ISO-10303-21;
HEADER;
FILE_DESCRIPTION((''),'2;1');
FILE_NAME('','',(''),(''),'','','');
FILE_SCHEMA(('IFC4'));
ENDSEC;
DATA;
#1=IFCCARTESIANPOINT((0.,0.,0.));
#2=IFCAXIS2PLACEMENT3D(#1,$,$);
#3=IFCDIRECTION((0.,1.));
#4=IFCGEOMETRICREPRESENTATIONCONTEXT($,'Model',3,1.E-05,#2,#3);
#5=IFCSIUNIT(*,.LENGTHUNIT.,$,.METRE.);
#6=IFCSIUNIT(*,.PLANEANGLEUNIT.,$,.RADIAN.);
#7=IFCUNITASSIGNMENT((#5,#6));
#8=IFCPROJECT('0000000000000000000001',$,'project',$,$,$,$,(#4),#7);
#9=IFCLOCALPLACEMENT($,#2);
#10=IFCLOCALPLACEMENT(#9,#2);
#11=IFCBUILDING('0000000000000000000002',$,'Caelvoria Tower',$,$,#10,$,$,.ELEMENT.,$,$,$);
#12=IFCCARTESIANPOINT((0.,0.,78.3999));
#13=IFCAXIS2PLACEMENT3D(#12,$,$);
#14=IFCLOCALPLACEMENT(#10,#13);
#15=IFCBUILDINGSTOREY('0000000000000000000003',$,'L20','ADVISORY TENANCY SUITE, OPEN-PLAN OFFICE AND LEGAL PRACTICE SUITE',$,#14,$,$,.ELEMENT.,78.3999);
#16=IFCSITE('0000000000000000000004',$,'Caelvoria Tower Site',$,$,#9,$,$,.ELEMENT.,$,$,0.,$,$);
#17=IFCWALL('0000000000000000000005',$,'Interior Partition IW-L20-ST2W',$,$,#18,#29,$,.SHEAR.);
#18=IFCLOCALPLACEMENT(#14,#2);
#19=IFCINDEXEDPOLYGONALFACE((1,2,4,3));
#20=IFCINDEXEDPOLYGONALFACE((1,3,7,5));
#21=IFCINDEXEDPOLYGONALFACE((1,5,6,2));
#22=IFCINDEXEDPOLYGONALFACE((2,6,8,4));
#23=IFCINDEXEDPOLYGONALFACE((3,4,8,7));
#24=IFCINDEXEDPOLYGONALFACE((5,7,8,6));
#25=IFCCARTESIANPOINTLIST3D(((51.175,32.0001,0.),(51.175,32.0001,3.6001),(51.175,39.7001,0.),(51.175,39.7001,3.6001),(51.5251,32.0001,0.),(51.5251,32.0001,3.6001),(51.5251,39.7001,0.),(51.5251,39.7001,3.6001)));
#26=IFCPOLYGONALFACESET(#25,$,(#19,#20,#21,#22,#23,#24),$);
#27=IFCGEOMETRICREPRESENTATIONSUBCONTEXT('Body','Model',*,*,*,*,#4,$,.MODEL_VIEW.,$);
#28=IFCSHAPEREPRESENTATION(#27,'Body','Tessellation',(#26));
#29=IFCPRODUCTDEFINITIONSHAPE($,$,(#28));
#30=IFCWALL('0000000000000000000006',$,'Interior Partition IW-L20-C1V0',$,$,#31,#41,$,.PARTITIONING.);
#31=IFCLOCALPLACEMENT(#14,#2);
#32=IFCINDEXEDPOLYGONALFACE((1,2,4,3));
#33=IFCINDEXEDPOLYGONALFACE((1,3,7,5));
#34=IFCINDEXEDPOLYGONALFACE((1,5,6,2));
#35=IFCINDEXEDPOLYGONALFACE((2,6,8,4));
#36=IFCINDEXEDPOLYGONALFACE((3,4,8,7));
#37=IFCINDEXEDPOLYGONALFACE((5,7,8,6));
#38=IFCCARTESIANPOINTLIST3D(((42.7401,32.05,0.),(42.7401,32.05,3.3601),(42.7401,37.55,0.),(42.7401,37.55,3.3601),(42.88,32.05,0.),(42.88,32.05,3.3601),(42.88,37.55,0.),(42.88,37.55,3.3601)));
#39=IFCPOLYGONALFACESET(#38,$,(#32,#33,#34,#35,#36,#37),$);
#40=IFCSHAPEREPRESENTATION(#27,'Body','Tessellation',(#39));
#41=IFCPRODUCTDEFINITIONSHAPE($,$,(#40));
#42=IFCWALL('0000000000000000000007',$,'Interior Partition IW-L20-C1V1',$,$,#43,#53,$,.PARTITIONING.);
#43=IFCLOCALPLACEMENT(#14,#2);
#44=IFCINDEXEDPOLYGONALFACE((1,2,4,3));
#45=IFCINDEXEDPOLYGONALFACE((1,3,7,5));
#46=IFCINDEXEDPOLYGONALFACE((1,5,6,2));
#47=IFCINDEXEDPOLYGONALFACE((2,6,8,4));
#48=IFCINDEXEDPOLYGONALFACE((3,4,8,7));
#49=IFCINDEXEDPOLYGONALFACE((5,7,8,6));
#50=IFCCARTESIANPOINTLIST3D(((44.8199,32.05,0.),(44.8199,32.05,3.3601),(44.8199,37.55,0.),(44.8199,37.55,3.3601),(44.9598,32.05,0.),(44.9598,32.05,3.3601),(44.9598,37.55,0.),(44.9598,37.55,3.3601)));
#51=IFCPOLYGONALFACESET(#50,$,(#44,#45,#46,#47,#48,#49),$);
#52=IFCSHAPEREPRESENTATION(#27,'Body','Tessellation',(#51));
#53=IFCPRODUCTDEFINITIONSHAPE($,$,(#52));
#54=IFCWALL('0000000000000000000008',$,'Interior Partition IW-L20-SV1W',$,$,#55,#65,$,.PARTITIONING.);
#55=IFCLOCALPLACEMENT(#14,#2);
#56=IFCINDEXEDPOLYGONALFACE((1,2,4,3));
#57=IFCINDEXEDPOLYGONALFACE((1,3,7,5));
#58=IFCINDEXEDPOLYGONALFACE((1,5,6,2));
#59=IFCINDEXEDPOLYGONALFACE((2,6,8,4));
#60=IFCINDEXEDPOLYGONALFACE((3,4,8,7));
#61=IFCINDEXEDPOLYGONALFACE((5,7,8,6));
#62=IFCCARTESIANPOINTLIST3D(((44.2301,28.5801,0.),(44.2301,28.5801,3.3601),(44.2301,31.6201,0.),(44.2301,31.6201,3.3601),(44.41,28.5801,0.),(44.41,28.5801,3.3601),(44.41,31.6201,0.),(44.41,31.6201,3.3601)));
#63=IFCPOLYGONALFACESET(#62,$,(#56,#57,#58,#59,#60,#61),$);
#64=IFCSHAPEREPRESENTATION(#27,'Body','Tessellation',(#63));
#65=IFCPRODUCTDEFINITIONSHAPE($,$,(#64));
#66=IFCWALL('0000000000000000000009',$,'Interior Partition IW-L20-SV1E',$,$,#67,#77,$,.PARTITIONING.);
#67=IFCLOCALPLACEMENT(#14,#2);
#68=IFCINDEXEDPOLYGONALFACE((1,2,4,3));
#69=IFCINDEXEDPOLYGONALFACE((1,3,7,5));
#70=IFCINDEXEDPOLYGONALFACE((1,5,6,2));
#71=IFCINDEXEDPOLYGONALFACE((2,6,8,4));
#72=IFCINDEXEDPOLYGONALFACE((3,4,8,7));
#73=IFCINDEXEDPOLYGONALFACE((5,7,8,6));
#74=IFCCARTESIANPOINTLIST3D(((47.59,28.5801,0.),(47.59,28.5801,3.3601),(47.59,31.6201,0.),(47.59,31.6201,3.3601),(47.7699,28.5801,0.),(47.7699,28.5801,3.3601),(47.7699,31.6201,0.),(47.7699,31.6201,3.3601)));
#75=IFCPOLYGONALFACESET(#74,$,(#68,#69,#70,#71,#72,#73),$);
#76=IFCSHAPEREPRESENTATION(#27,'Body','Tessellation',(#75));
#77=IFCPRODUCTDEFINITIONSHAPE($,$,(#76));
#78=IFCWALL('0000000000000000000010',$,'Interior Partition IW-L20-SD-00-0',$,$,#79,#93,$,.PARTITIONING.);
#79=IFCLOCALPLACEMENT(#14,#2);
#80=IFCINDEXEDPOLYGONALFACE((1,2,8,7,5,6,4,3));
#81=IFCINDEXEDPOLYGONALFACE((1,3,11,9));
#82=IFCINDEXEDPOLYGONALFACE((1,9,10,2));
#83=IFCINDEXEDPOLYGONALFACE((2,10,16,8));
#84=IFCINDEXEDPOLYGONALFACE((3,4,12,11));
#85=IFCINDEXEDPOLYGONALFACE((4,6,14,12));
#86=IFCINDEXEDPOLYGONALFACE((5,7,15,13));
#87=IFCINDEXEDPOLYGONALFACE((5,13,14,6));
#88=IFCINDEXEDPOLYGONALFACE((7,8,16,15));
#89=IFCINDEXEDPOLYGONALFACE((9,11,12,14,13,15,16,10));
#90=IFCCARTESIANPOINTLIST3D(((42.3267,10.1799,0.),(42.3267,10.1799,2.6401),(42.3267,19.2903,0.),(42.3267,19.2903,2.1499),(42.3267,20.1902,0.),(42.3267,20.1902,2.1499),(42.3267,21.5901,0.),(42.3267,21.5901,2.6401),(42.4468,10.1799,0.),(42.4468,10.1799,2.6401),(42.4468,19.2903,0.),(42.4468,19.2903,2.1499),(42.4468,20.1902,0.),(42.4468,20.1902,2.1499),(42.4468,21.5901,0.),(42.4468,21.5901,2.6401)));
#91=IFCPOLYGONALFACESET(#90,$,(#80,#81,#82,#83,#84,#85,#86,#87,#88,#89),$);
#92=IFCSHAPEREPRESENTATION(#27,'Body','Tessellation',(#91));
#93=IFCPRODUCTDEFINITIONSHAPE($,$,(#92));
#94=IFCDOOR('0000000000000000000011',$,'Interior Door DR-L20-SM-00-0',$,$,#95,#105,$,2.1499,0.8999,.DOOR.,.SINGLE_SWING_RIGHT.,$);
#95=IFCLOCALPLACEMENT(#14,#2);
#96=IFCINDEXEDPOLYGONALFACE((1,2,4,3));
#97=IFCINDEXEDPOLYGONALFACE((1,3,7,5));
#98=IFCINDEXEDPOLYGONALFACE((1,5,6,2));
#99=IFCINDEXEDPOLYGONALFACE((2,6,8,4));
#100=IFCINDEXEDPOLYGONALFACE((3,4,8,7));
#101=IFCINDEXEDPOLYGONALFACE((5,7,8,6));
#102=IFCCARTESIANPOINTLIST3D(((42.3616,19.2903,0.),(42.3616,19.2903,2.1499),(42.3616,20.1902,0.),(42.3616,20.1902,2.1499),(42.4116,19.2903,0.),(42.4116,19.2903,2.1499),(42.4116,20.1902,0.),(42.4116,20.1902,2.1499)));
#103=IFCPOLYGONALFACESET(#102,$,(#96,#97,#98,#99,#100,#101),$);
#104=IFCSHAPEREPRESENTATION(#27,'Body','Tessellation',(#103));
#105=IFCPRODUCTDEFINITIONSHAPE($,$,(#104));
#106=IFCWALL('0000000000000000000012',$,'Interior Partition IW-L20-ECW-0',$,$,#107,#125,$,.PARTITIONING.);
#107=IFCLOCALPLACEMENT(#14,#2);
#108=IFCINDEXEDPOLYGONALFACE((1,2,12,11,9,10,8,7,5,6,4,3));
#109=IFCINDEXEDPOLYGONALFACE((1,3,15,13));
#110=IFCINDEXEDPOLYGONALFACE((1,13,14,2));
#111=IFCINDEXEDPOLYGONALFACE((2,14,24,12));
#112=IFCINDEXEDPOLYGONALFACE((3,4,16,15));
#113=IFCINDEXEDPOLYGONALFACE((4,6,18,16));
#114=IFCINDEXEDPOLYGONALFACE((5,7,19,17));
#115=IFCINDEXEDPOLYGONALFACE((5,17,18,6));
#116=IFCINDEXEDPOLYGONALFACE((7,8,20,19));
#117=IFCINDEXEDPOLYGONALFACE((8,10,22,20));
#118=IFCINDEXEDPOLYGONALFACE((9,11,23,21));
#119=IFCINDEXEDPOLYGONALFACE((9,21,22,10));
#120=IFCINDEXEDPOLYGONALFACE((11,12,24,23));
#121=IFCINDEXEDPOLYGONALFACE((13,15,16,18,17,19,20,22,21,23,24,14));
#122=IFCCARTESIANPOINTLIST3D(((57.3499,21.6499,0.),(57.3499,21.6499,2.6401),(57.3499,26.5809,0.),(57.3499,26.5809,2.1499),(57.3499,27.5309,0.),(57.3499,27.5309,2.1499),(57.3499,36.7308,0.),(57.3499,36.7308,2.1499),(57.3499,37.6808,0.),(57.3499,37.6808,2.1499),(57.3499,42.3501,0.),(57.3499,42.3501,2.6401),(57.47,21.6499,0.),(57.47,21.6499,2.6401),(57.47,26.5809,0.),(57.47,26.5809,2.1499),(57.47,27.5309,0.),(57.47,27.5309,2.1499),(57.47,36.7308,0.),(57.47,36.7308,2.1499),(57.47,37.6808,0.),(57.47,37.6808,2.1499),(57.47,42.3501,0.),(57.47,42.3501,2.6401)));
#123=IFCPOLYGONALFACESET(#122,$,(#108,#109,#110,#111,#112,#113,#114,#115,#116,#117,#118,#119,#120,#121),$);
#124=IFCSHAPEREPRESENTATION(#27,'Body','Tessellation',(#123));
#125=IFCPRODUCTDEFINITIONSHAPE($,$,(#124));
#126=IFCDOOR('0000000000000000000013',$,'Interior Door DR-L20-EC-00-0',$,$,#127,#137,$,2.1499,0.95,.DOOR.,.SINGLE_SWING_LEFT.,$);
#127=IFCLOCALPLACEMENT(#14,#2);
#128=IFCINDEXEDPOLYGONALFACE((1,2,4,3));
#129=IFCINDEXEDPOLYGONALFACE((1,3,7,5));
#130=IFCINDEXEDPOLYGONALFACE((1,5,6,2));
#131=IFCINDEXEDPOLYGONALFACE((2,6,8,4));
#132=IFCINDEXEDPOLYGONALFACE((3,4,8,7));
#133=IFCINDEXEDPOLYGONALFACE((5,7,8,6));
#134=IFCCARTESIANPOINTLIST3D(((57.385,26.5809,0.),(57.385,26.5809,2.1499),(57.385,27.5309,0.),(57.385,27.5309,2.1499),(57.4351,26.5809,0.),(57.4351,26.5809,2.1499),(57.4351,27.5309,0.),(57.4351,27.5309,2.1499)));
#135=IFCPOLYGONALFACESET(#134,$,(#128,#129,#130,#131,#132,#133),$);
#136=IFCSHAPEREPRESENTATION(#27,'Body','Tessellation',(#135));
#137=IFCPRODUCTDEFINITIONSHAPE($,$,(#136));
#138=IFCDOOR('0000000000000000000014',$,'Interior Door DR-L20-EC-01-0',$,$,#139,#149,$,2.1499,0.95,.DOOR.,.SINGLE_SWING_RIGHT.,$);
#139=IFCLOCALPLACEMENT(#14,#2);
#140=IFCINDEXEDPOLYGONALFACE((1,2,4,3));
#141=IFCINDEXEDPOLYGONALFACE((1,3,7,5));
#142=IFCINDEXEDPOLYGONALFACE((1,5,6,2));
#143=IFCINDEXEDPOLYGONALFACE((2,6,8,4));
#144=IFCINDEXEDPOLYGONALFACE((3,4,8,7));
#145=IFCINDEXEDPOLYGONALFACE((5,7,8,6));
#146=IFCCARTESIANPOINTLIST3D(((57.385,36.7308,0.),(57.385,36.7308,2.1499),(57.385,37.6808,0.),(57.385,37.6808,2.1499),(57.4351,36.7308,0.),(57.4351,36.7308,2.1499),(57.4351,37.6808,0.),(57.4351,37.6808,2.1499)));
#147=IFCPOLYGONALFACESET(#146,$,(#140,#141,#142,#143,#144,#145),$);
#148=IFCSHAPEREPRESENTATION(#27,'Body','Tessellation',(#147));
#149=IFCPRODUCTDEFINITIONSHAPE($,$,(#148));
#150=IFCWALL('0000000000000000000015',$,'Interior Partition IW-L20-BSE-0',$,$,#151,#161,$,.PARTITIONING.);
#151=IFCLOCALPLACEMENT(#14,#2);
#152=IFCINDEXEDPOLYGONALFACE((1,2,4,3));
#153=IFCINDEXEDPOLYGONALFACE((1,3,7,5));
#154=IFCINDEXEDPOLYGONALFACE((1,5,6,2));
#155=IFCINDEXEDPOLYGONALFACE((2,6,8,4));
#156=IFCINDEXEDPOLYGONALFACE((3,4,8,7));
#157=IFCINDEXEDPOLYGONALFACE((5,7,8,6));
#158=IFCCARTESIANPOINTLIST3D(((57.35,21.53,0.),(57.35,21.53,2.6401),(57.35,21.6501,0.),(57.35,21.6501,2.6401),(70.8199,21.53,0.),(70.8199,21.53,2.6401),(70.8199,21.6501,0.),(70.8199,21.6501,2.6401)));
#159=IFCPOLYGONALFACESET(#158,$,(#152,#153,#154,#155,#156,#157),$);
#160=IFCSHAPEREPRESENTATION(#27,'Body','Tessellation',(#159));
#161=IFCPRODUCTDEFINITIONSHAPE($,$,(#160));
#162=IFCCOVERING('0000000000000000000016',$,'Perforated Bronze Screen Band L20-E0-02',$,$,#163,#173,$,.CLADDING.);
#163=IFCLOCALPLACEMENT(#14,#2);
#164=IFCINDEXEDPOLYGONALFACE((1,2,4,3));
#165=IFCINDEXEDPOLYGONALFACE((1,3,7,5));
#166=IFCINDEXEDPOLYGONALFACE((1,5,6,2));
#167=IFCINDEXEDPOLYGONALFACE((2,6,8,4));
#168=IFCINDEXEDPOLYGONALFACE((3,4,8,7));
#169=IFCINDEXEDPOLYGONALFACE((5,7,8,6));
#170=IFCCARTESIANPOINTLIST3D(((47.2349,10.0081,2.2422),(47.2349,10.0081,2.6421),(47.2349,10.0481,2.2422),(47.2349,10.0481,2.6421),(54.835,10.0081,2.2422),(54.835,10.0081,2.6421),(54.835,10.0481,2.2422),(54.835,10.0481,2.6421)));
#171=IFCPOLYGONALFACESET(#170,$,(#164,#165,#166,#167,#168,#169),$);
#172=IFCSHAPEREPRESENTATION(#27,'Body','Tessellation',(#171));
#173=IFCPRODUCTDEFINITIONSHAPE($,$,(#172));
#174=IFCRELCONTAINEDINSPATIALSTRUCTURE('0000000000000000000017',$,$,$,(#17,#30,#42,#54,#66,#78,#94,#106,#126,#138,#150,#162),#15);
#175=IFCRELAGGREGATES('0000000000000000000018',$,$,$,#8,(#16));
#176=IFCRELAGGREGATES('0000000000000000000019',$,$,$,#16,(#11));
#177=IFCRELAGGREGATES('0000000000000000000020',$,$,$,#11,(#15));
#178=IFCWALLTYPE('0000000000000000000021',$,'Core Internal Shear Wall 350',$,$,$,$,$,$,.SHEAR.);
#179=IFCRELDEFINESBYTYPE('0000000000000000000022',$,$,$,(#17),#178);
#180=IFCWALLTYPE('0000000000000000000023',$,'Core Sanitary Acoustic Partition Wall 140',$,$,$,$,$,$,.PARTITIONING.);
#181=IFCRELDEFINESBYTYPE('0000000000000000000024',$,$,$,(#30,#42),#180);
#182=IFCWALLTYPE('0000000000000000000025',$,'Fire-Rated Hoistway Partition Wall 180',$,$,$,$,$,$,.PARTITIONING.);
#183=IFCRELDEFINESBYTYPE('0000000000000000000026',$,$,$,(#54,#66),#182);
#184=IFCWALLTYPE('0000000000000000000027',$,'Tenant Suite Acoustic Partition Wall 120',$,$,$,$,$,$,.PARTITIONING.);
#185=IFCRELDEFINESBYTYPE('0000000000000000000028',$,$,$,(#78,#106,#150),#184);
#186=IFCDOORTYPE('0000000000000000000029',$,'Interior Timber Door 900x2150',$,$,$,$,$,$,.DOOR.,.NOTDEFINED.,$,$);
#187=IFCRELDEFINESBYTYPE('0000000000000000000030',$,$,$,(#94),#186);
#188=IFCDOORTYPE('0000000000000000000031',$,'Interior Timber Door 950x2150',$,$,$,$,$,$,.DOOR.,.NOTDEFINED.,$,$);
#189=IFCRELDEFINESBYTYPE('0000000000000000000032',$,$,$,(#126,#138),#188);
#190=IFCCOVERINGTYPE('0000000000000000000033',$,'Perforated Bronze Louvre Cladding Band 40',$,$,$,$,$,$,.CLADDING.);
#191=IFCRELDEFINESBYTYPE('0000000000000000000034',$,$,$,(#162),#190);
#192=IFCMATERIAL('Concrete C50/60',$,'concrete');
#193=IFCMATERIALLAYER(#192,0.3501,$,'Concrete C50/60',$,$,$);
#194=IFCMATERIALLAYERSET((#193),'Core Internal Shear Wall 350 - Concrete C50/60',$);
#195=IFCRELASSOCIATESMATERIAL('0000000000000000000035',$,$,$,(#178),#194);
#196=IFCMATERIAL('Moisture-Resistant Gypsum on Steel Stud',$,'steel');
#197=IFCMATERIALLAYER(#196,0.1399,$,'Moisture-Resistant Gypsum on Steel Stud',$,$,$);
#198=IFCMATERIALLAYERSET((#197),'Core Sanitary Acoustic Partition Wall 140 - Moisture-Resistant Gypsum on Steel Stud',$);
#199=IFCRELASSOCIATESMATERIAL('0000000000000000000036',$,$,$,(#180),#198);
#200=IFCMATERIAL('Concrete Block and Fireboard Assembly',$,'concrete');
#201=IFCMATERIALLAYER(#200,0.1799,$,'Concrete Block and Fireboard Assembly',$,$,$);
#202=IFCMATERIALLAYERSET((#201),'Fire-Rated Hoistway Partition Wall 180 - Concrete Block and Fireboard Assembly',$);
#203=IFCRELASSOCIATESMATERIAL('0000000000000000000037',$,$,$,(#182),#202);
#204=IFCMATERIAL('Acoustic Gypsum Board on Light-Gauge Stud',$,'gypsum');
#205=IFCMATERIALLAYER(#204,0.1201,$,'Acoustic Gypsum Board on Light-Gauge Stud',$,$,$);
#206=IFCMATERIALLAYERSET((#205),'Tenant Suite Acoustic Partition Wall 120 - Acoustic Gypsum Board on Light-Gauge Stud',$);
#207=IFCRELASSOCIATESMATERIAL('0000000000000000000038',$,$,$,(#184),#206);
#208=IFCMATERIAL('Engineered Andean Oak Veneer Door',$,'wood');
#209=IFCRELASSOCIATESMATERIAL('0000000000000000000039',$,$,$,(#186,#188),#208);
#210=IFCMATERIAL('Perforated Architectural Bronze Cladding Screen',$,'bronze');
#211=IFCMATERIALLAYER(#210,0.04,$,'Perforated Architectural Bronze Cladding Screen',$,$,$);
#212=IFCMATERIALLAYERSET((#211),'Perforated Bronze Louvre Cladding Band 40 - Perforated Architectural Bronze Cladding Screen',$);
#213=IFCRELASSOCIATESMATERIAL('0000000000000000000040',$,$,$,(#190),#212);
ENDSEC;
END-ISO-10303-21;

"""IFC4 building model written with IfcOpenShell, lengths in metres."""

from ifc_helpers import new_model, si_unit, direction, frame, frame_2d, origin, origin_2d, place, context, subcontext, project, spatial, rectangle, extrude, material, layer, layer_set, type_object, element, fill, save


model = new_model("IFC4")

# Units and contexts
model_context = context("Model", 3, precision=1e-05, world=origin(), true_north=direction((0.0, 1.0)))
body_context = subcontext(model_context, "Body", "Model", "MODEL_VIEW")
ifc_project = project(units=[si_unit("LENGTHUNIT", "METRE"), si_unit("PLANEANGLEUNIT", "RADIAN")], contexts=[model_context])

# Site, building, storey
site_placement = place(None, origin())
site = spatial("IfcSite", under=ifc_project, at=site_placement, Name="Caelvoria Tower Site", CompositionType="ELEMENT", RefElevation=0.0)
building_placement = place(site_placement, origin())
building = spatial("IfcBuilding", under=site, at=building_placement, Name="Caelvoria Tower", CompositionType="ELEMENT")
storey_placement = place(building_placement, frame((0.0, 0.0, 78.3999)))
storey = spatial("IfcBuildingStorey", under=building, at=storey_placement, Name="L20", Description="ADVISORY TENANCY SUITE, OPEN-PLAN OFFICE AND LEGAL PRACTICE SUITE", CompositionType="ELEMENT", Elevation=78.3999)

# Walls
ifc_material_1 = material(Name="Concrete C50/60", Category="concrete")
ifc_layer_1 = layer(ifc_material_1, 0.3501, Name="Concrete C50/60")
ifc_layer_set_1 = layer_set([ifc_layer_1], Name="Core Internal Shear Wall 350 - Concrete C50/60")
wall_type_1 = type_object("IfcWallType", Name="Core Internal Shear Wall 350", PredefinedType="SHEAR", material=ifc_layer_set_1)
wall_1_placement = place(storey_placement, frame((51.3501, 32.0, 0.0), z_axis=(0.0, 0.0, 1.0), x_axis=(0.0, 1.0, 0.0)))
element("IfcWall", 1, at=wall_1_placement, inside=storey, type_object=wall_type_1, Name="Interior Partition IW-L20-ST2W", PredefinedType="SHEAR", context=body_context, shape_type="SweptSolid", body=[
    extrude(rectangle(XDim=7.7, YDim=0.3501, at=frame_2d((3.8501, 0.0))), origin(), (0.0, 0.0, 1.0), 3.6001),
])
ifc_material_2 = material(Name="Moisture-Resistant Gypsum on Steel Stud", Category="steel")
ifc_layer_2 = layer(ifc_material_2, 0.1399, Name="Moisture-Resistant Gypsum on Steel Stud")
ifc_layer_set_2 = layer_set([ifc_layer_2], Name="Core Sanitary Acoustic Partition Wall 140 - Moisture-Resistant Gypsum on Steel Stud")
wall_type_2 = type_object("IfcWallType", Name="Core Sanitary Acoustic Partition Wall 140", PredefinedType="PARTITIONING", material=ifc_layer_set_2)
for number, where, z_axis, x_axis, name in (
    (2, (42.8101, 32.05, 0.0), (0.0, 0.0, 1.0), (0.0, 1.0, 0.0), "Interior Partition IW-L20-C1V0"),
    (3, (44.8899, 32.05, 0.0), (0.0, 0.0, 1.0), (0.0, 1.0, 0.0), "Interior Partition IW-L20-C1V1"),
):
    element("IfcWall", number, at=place(storey_placement, frame(where, z_axis=z_axis, x_axis=x_axis)), inside=storey, type_object=wall_type_2, Name=name, PredefinedType="PARTITIONING", context=body_context, shape_type="SweptSolid", body=[
        extrude(rectangle(XDim=5.5, YDim=0.1399, at=frame_2d((2.75, 0.0))), origin(), (0.0, 0.0, 1.0), 3.3601),
    ])
ifc_material_3 = material(Name="Concrete Block and Fireboard Assembly", Category="concrete")
ifc_layer_3 = layer(ifc_material_3, 0.1799, Name="Concrete Block and Fireboard Assembly")
ifc_layer_set_3 = layer_set([ifc_layer_3], Name="Fire-Rated Hoistway Partition Wall 180 - Concrete Block and Fireboard Assembly")
wall_type_3 = type_object("IfcWallType", Name="Fire-Rated Hoistway Partition Wall 180", PredefinedType="PARTITIONING", material=ifc_layer_set_3)
for number, where, z_axis, x_axis, name in (
    (4, (44.3201, 28.5801, 0.0), (0.0, 0.0, 1.0), (0.0, 1.0, 0.0), "Interior Partition IW-L20-SV1W"),
    (5, (47.6799, 28.5801, 0.0), (0.0, 0.0, 1.0), (0.0, 1.0, 0.0), "Interior Partition IW-L20-SV1E"),
):
    element("IfcWall", number, at=place(storey_placement, frame(where, z_axis=z_axis, x_axis=x_axis)), inside=storey, type_object=wall_type_3, Name=name, PredefinedType="PARTITIONING", context=body_context, shape_type="SweptSolid", body=[
        extrude(rectangle(XDim=3.04, YDim=0.1799, at=frame_2d((1.52, 0.0))), origin(), (0.0, 0.0, 1.0), 3.3601),
    ])

# Wall, opening, door
ifc_material_4 = material(Name="Acoustic Gypsum Board on Light-Gauge Stud", Category="gypsum")
ifc_layer_4 = layer(ifc_material_4, 0.1201, Name="Acoustic Gypsum Board on Light-Gauge Stud")
ifc_layer_set_4 = layer_set([ifc_layer_4], Name="Tenant Suite Acoustic Partition Wall 120 - Acoustic Gypsum Board on Light-Gauge Stud")
wall_type_4 = type_object("IfcWallType", Name="Tenant Suite Acoustic Partition Wall 120", PredefinedType="PARTITIONING", material=ifc_layer_set_4)
wall_2_placement = place(storey_placement, frame((42.3867, 21.5901, 0.0), z_axis=(0.0, 0.0, 1.0), x_axis=(0.0, -1.0, 0.0)))
wall_2 = element("IfcWall", 6, at=wall_2_placement, inside=storey, type_object=wall_type_4, Name="Interior Partition IW-L20-SD-00-0", PredefinedType="PARTITIONING", context=body_context, shape_type="SweptSolid", body=[
    extrude(rectangle(XDim=11.4102, YDim=0.1201, at=frame_2d((5.7051, 0.0))), origin(), (0.0, 0.0, 1.0), 2.6401),
])
opening_1_placement = place(wall_2_placement, frame((1.3999, 0.0, 0.0)))
opening_1 = element("IfcOpeningElement", 7, at=opening_1_placement, cuts=wall_2, PredefinedType="OPENING", context=body_context, shape_type="SweptSolid", body=[
    extrude(rectangle(XDim=0.8999, YDim=2.1499, at=frame_2d((0.45, 1.075))), frame((0.0, 0.0701, 0.0), z_axis=(0.0, -1.0, 0.0), x_axis=(1.0, 0.0, 0.0)), (0.0, 0.0, 1.0), 0.1401),
])
ifc_material_5 = material(Name="Engineered Andean Oak Veneer Door", Category="wood")
door_type_1 = type_object("IfcDoorType", Name="Interior Timber Door 900x2150", OperationType="NOTDEFINED", PredefinedType="DOOR", material=ifc_material_5)
door_1_placement = place(opening_1_placement, origin())
door_1 = element("IfcDoor", 8, at=door_1_placement, inside=storey, type_object=door_type_1, Name="Interior Door DR-L20-SM-00-0", OperationType="SINGLE_SWING_RIGHT", OverallHeight=2.1499, OverallWidth=0.8999, PredefinedType="DOOR", context=body_context, shape_type="SweptSolid", body=[
    extrude(rectangle(XDim=0.8999, YDim=2.1499, at=frame_2d((0.45, 1.075))), frame((0.0, 0.0249, 0.0), z_axis=(0.0, -1.0, 0.0), x_axis=(1.0, 0.0, 0.0)), (0.0, 0.0, 1.0), 0.05),
])
fill(opening_1, door_1)

# Wall, openings, doors
wall_3_placement = place(storey_placement, frame((57.4099, 21.6499, 0.0), z_axis=(0.0, 0.0, 1.0), x_axis=(0.0, 1.0, 0.0)))
wall_3 = element("IfcWall", 9, at=wall_3_placement, inside=storey, type_object=wall_type_4, Name="Interior Partition IW-L20-ECW-0", PredefinedType="PARTITIONING", context=body_context, shape_type="SweptSolid", body=[
    extrude(rectangle(XDim=20.7002, YDim=0.1201, at=frame_2d((10.3501, 0.0))), origin(), (0.0, 0.0, 1.0), 2.6401),
])
opening_2_placement = place(wall_3_placement, frame((4.9309, 0.0, 0.0)))
opening_2 = element("IfcOpeningElement", 10, at=opening_2_placement, cuts=wall_3, PredefinedType="OPENING", context=body_context, shape_type="SweptSolid", body=[
    extrude(rectangle(XDim=0.95, YDim=2.1499, at=frame_2d((0.4751, 1.075))), frame((0.0, 0.0701, 0.0), z_axis=(0.0, -1.0, 0.0), x_axis=(1.0, 0.0, 0.0)), (0.0, 0.0, 1.0), 0.1401),
])
opening_3_placement = place(wall_3_placement, frame((15.0808, 0.0, 0.0)))
opening_3 = element("IfcOpeningElement", 11, at=opening_3_placement, cuts=wall_3, PredefinedType="OPENING", context=body_context, shape_type="SweptSolid", body=[
    extrude(rectangle(XDim=0.95, YDim=2.1499, at=frame_2d((0.4751, 1.075))), frame((0.0, 0.0701, 0.0), z_axis=(0.0, -1.0, 0.0), x_axis=(1.0, 0.0, 0.0)), (0.0, 0.0, 1.0), 0.1401),
])
door_type_2 = type_object("IfcDoorType", Name="Interior Timber Door 950x2150", OperationType="NOTDEFINED", PredefinedType="DOOR", material=ifc_material_5)
door_2_placement = place(opening_2_placement, origin())
door_2 = element("IfcDoor", 12, at=door_2_placement, inside=storey, type_object=door_type_2, Name="Interior Door DR-L20-EC-00-0", OperationType="SINGLE_SWING_LEFT", OverallHeight=2.1499, OverallWidth=0.95, PredefinedType="DOOR", context=body_context, shape_type="SweptSolid", body=[
    extrude(rectangle(XDim=0.95, YDim=2.1499, at=frame_2d((0.4751, 1.075))), frame((0.0, 0.0249, 0.0), z_axis=(0.0, -1.0, 0.0), x_axis=(1.0, 0.0, 0.0)), (0.0, 0.0, 1.0), 0.05),
])
fill(opening_2, door_2)
door_3_placement = place(opening_3_placement, origin())
door_3 = element("IfcDoor", 13, at=door_3_placement, inside=storey, type_object=door_type_2, Name="Interior Door DR-L20-EC-01-0", OperationType="SINGLE_SWING_RIGHT", OverallHeight=2.1499, OverallWidth=0.95, PredefinedType="DOOR", context=body_context, shape_type="SweptSolid", body=[
    extrude(rectangle(XDim=0.95, YDim=2.1499, at=frame_2d((0.4751, 1.075))), frame((0.0, 0.0249, 0.0), z_axis=(0.0, -1.0, 0.0), x_axis=(1.0, 0.0, 0.0)), (0.0, 0.0, 1.0), 0.05),
])
fill(opening_3, door_3)

# Wall
wall_4_placement = place(storey_placement, frame((57.3501, 21.5901, 0.0), z_axis=(0.0, 0.0, 1.0), x_axis=(1.0, 0.0, 0.0)))
element("IfcWall", 14, at=wall_4_placement, inside=storey, type_object=wall_type_4, Name="Interior Partition IW-L20-BSE-0", PredefinedType="PARTITIONING", context=body_context, shape_type="SweptSolid", body=[
    extrude(rectangle(XDim=13.47, YDim=0.1201, at=frame_2d((6.7349, 0.0))), origin(), (0.0, 0.0, 1.0), 2.6401),
])

# Covering
ifc_material_6 = material(Name="Perforated Architectural Bronze Cladding Screen", Category="bronze")
ifc_layer_5 = layer(ifc_material_6, 0.04, Name="Perforated Architectural Bronze Cladding Screen")
ifc_layer_set_5 = layer_set([ifc_layer_5], Name="Perforated Bronze Louvre Cladding Band 40 - Perforated Architectural Bronze Cladding Screen")
covering_type = type_object("IfcCoveringType", Name="Perforated Bronze Louvre Cladding Band 40", PredefinedType="CLADDING", material=ifc_layer_set_5)
for number, where, z_axis, x_axis, name in (
    (15, (51.0349, 10.0281, 2.2422), (0.0, 0.0, 1.0), (1.0, 0.0, 0.0), "Perforated Bronze Screen Band L20-E0-02"),
):
    element("IfcCovering", number, at=place(storey_placement, frame(where, z_axis=z_axis, x_axis=x_axis)), inside=storey, type_object=covering_type, Name=name, PredefinedType="CLADDING", context=body_context, shape_type="SweptSolid", body=[
        extrude(rectangle(XDim=7.6001, YDim=0.04, at=origin_2d()), origin(), (0.0, 0.0, 1.0), 0.3999),
    ])

save(model, "model.ifc")
